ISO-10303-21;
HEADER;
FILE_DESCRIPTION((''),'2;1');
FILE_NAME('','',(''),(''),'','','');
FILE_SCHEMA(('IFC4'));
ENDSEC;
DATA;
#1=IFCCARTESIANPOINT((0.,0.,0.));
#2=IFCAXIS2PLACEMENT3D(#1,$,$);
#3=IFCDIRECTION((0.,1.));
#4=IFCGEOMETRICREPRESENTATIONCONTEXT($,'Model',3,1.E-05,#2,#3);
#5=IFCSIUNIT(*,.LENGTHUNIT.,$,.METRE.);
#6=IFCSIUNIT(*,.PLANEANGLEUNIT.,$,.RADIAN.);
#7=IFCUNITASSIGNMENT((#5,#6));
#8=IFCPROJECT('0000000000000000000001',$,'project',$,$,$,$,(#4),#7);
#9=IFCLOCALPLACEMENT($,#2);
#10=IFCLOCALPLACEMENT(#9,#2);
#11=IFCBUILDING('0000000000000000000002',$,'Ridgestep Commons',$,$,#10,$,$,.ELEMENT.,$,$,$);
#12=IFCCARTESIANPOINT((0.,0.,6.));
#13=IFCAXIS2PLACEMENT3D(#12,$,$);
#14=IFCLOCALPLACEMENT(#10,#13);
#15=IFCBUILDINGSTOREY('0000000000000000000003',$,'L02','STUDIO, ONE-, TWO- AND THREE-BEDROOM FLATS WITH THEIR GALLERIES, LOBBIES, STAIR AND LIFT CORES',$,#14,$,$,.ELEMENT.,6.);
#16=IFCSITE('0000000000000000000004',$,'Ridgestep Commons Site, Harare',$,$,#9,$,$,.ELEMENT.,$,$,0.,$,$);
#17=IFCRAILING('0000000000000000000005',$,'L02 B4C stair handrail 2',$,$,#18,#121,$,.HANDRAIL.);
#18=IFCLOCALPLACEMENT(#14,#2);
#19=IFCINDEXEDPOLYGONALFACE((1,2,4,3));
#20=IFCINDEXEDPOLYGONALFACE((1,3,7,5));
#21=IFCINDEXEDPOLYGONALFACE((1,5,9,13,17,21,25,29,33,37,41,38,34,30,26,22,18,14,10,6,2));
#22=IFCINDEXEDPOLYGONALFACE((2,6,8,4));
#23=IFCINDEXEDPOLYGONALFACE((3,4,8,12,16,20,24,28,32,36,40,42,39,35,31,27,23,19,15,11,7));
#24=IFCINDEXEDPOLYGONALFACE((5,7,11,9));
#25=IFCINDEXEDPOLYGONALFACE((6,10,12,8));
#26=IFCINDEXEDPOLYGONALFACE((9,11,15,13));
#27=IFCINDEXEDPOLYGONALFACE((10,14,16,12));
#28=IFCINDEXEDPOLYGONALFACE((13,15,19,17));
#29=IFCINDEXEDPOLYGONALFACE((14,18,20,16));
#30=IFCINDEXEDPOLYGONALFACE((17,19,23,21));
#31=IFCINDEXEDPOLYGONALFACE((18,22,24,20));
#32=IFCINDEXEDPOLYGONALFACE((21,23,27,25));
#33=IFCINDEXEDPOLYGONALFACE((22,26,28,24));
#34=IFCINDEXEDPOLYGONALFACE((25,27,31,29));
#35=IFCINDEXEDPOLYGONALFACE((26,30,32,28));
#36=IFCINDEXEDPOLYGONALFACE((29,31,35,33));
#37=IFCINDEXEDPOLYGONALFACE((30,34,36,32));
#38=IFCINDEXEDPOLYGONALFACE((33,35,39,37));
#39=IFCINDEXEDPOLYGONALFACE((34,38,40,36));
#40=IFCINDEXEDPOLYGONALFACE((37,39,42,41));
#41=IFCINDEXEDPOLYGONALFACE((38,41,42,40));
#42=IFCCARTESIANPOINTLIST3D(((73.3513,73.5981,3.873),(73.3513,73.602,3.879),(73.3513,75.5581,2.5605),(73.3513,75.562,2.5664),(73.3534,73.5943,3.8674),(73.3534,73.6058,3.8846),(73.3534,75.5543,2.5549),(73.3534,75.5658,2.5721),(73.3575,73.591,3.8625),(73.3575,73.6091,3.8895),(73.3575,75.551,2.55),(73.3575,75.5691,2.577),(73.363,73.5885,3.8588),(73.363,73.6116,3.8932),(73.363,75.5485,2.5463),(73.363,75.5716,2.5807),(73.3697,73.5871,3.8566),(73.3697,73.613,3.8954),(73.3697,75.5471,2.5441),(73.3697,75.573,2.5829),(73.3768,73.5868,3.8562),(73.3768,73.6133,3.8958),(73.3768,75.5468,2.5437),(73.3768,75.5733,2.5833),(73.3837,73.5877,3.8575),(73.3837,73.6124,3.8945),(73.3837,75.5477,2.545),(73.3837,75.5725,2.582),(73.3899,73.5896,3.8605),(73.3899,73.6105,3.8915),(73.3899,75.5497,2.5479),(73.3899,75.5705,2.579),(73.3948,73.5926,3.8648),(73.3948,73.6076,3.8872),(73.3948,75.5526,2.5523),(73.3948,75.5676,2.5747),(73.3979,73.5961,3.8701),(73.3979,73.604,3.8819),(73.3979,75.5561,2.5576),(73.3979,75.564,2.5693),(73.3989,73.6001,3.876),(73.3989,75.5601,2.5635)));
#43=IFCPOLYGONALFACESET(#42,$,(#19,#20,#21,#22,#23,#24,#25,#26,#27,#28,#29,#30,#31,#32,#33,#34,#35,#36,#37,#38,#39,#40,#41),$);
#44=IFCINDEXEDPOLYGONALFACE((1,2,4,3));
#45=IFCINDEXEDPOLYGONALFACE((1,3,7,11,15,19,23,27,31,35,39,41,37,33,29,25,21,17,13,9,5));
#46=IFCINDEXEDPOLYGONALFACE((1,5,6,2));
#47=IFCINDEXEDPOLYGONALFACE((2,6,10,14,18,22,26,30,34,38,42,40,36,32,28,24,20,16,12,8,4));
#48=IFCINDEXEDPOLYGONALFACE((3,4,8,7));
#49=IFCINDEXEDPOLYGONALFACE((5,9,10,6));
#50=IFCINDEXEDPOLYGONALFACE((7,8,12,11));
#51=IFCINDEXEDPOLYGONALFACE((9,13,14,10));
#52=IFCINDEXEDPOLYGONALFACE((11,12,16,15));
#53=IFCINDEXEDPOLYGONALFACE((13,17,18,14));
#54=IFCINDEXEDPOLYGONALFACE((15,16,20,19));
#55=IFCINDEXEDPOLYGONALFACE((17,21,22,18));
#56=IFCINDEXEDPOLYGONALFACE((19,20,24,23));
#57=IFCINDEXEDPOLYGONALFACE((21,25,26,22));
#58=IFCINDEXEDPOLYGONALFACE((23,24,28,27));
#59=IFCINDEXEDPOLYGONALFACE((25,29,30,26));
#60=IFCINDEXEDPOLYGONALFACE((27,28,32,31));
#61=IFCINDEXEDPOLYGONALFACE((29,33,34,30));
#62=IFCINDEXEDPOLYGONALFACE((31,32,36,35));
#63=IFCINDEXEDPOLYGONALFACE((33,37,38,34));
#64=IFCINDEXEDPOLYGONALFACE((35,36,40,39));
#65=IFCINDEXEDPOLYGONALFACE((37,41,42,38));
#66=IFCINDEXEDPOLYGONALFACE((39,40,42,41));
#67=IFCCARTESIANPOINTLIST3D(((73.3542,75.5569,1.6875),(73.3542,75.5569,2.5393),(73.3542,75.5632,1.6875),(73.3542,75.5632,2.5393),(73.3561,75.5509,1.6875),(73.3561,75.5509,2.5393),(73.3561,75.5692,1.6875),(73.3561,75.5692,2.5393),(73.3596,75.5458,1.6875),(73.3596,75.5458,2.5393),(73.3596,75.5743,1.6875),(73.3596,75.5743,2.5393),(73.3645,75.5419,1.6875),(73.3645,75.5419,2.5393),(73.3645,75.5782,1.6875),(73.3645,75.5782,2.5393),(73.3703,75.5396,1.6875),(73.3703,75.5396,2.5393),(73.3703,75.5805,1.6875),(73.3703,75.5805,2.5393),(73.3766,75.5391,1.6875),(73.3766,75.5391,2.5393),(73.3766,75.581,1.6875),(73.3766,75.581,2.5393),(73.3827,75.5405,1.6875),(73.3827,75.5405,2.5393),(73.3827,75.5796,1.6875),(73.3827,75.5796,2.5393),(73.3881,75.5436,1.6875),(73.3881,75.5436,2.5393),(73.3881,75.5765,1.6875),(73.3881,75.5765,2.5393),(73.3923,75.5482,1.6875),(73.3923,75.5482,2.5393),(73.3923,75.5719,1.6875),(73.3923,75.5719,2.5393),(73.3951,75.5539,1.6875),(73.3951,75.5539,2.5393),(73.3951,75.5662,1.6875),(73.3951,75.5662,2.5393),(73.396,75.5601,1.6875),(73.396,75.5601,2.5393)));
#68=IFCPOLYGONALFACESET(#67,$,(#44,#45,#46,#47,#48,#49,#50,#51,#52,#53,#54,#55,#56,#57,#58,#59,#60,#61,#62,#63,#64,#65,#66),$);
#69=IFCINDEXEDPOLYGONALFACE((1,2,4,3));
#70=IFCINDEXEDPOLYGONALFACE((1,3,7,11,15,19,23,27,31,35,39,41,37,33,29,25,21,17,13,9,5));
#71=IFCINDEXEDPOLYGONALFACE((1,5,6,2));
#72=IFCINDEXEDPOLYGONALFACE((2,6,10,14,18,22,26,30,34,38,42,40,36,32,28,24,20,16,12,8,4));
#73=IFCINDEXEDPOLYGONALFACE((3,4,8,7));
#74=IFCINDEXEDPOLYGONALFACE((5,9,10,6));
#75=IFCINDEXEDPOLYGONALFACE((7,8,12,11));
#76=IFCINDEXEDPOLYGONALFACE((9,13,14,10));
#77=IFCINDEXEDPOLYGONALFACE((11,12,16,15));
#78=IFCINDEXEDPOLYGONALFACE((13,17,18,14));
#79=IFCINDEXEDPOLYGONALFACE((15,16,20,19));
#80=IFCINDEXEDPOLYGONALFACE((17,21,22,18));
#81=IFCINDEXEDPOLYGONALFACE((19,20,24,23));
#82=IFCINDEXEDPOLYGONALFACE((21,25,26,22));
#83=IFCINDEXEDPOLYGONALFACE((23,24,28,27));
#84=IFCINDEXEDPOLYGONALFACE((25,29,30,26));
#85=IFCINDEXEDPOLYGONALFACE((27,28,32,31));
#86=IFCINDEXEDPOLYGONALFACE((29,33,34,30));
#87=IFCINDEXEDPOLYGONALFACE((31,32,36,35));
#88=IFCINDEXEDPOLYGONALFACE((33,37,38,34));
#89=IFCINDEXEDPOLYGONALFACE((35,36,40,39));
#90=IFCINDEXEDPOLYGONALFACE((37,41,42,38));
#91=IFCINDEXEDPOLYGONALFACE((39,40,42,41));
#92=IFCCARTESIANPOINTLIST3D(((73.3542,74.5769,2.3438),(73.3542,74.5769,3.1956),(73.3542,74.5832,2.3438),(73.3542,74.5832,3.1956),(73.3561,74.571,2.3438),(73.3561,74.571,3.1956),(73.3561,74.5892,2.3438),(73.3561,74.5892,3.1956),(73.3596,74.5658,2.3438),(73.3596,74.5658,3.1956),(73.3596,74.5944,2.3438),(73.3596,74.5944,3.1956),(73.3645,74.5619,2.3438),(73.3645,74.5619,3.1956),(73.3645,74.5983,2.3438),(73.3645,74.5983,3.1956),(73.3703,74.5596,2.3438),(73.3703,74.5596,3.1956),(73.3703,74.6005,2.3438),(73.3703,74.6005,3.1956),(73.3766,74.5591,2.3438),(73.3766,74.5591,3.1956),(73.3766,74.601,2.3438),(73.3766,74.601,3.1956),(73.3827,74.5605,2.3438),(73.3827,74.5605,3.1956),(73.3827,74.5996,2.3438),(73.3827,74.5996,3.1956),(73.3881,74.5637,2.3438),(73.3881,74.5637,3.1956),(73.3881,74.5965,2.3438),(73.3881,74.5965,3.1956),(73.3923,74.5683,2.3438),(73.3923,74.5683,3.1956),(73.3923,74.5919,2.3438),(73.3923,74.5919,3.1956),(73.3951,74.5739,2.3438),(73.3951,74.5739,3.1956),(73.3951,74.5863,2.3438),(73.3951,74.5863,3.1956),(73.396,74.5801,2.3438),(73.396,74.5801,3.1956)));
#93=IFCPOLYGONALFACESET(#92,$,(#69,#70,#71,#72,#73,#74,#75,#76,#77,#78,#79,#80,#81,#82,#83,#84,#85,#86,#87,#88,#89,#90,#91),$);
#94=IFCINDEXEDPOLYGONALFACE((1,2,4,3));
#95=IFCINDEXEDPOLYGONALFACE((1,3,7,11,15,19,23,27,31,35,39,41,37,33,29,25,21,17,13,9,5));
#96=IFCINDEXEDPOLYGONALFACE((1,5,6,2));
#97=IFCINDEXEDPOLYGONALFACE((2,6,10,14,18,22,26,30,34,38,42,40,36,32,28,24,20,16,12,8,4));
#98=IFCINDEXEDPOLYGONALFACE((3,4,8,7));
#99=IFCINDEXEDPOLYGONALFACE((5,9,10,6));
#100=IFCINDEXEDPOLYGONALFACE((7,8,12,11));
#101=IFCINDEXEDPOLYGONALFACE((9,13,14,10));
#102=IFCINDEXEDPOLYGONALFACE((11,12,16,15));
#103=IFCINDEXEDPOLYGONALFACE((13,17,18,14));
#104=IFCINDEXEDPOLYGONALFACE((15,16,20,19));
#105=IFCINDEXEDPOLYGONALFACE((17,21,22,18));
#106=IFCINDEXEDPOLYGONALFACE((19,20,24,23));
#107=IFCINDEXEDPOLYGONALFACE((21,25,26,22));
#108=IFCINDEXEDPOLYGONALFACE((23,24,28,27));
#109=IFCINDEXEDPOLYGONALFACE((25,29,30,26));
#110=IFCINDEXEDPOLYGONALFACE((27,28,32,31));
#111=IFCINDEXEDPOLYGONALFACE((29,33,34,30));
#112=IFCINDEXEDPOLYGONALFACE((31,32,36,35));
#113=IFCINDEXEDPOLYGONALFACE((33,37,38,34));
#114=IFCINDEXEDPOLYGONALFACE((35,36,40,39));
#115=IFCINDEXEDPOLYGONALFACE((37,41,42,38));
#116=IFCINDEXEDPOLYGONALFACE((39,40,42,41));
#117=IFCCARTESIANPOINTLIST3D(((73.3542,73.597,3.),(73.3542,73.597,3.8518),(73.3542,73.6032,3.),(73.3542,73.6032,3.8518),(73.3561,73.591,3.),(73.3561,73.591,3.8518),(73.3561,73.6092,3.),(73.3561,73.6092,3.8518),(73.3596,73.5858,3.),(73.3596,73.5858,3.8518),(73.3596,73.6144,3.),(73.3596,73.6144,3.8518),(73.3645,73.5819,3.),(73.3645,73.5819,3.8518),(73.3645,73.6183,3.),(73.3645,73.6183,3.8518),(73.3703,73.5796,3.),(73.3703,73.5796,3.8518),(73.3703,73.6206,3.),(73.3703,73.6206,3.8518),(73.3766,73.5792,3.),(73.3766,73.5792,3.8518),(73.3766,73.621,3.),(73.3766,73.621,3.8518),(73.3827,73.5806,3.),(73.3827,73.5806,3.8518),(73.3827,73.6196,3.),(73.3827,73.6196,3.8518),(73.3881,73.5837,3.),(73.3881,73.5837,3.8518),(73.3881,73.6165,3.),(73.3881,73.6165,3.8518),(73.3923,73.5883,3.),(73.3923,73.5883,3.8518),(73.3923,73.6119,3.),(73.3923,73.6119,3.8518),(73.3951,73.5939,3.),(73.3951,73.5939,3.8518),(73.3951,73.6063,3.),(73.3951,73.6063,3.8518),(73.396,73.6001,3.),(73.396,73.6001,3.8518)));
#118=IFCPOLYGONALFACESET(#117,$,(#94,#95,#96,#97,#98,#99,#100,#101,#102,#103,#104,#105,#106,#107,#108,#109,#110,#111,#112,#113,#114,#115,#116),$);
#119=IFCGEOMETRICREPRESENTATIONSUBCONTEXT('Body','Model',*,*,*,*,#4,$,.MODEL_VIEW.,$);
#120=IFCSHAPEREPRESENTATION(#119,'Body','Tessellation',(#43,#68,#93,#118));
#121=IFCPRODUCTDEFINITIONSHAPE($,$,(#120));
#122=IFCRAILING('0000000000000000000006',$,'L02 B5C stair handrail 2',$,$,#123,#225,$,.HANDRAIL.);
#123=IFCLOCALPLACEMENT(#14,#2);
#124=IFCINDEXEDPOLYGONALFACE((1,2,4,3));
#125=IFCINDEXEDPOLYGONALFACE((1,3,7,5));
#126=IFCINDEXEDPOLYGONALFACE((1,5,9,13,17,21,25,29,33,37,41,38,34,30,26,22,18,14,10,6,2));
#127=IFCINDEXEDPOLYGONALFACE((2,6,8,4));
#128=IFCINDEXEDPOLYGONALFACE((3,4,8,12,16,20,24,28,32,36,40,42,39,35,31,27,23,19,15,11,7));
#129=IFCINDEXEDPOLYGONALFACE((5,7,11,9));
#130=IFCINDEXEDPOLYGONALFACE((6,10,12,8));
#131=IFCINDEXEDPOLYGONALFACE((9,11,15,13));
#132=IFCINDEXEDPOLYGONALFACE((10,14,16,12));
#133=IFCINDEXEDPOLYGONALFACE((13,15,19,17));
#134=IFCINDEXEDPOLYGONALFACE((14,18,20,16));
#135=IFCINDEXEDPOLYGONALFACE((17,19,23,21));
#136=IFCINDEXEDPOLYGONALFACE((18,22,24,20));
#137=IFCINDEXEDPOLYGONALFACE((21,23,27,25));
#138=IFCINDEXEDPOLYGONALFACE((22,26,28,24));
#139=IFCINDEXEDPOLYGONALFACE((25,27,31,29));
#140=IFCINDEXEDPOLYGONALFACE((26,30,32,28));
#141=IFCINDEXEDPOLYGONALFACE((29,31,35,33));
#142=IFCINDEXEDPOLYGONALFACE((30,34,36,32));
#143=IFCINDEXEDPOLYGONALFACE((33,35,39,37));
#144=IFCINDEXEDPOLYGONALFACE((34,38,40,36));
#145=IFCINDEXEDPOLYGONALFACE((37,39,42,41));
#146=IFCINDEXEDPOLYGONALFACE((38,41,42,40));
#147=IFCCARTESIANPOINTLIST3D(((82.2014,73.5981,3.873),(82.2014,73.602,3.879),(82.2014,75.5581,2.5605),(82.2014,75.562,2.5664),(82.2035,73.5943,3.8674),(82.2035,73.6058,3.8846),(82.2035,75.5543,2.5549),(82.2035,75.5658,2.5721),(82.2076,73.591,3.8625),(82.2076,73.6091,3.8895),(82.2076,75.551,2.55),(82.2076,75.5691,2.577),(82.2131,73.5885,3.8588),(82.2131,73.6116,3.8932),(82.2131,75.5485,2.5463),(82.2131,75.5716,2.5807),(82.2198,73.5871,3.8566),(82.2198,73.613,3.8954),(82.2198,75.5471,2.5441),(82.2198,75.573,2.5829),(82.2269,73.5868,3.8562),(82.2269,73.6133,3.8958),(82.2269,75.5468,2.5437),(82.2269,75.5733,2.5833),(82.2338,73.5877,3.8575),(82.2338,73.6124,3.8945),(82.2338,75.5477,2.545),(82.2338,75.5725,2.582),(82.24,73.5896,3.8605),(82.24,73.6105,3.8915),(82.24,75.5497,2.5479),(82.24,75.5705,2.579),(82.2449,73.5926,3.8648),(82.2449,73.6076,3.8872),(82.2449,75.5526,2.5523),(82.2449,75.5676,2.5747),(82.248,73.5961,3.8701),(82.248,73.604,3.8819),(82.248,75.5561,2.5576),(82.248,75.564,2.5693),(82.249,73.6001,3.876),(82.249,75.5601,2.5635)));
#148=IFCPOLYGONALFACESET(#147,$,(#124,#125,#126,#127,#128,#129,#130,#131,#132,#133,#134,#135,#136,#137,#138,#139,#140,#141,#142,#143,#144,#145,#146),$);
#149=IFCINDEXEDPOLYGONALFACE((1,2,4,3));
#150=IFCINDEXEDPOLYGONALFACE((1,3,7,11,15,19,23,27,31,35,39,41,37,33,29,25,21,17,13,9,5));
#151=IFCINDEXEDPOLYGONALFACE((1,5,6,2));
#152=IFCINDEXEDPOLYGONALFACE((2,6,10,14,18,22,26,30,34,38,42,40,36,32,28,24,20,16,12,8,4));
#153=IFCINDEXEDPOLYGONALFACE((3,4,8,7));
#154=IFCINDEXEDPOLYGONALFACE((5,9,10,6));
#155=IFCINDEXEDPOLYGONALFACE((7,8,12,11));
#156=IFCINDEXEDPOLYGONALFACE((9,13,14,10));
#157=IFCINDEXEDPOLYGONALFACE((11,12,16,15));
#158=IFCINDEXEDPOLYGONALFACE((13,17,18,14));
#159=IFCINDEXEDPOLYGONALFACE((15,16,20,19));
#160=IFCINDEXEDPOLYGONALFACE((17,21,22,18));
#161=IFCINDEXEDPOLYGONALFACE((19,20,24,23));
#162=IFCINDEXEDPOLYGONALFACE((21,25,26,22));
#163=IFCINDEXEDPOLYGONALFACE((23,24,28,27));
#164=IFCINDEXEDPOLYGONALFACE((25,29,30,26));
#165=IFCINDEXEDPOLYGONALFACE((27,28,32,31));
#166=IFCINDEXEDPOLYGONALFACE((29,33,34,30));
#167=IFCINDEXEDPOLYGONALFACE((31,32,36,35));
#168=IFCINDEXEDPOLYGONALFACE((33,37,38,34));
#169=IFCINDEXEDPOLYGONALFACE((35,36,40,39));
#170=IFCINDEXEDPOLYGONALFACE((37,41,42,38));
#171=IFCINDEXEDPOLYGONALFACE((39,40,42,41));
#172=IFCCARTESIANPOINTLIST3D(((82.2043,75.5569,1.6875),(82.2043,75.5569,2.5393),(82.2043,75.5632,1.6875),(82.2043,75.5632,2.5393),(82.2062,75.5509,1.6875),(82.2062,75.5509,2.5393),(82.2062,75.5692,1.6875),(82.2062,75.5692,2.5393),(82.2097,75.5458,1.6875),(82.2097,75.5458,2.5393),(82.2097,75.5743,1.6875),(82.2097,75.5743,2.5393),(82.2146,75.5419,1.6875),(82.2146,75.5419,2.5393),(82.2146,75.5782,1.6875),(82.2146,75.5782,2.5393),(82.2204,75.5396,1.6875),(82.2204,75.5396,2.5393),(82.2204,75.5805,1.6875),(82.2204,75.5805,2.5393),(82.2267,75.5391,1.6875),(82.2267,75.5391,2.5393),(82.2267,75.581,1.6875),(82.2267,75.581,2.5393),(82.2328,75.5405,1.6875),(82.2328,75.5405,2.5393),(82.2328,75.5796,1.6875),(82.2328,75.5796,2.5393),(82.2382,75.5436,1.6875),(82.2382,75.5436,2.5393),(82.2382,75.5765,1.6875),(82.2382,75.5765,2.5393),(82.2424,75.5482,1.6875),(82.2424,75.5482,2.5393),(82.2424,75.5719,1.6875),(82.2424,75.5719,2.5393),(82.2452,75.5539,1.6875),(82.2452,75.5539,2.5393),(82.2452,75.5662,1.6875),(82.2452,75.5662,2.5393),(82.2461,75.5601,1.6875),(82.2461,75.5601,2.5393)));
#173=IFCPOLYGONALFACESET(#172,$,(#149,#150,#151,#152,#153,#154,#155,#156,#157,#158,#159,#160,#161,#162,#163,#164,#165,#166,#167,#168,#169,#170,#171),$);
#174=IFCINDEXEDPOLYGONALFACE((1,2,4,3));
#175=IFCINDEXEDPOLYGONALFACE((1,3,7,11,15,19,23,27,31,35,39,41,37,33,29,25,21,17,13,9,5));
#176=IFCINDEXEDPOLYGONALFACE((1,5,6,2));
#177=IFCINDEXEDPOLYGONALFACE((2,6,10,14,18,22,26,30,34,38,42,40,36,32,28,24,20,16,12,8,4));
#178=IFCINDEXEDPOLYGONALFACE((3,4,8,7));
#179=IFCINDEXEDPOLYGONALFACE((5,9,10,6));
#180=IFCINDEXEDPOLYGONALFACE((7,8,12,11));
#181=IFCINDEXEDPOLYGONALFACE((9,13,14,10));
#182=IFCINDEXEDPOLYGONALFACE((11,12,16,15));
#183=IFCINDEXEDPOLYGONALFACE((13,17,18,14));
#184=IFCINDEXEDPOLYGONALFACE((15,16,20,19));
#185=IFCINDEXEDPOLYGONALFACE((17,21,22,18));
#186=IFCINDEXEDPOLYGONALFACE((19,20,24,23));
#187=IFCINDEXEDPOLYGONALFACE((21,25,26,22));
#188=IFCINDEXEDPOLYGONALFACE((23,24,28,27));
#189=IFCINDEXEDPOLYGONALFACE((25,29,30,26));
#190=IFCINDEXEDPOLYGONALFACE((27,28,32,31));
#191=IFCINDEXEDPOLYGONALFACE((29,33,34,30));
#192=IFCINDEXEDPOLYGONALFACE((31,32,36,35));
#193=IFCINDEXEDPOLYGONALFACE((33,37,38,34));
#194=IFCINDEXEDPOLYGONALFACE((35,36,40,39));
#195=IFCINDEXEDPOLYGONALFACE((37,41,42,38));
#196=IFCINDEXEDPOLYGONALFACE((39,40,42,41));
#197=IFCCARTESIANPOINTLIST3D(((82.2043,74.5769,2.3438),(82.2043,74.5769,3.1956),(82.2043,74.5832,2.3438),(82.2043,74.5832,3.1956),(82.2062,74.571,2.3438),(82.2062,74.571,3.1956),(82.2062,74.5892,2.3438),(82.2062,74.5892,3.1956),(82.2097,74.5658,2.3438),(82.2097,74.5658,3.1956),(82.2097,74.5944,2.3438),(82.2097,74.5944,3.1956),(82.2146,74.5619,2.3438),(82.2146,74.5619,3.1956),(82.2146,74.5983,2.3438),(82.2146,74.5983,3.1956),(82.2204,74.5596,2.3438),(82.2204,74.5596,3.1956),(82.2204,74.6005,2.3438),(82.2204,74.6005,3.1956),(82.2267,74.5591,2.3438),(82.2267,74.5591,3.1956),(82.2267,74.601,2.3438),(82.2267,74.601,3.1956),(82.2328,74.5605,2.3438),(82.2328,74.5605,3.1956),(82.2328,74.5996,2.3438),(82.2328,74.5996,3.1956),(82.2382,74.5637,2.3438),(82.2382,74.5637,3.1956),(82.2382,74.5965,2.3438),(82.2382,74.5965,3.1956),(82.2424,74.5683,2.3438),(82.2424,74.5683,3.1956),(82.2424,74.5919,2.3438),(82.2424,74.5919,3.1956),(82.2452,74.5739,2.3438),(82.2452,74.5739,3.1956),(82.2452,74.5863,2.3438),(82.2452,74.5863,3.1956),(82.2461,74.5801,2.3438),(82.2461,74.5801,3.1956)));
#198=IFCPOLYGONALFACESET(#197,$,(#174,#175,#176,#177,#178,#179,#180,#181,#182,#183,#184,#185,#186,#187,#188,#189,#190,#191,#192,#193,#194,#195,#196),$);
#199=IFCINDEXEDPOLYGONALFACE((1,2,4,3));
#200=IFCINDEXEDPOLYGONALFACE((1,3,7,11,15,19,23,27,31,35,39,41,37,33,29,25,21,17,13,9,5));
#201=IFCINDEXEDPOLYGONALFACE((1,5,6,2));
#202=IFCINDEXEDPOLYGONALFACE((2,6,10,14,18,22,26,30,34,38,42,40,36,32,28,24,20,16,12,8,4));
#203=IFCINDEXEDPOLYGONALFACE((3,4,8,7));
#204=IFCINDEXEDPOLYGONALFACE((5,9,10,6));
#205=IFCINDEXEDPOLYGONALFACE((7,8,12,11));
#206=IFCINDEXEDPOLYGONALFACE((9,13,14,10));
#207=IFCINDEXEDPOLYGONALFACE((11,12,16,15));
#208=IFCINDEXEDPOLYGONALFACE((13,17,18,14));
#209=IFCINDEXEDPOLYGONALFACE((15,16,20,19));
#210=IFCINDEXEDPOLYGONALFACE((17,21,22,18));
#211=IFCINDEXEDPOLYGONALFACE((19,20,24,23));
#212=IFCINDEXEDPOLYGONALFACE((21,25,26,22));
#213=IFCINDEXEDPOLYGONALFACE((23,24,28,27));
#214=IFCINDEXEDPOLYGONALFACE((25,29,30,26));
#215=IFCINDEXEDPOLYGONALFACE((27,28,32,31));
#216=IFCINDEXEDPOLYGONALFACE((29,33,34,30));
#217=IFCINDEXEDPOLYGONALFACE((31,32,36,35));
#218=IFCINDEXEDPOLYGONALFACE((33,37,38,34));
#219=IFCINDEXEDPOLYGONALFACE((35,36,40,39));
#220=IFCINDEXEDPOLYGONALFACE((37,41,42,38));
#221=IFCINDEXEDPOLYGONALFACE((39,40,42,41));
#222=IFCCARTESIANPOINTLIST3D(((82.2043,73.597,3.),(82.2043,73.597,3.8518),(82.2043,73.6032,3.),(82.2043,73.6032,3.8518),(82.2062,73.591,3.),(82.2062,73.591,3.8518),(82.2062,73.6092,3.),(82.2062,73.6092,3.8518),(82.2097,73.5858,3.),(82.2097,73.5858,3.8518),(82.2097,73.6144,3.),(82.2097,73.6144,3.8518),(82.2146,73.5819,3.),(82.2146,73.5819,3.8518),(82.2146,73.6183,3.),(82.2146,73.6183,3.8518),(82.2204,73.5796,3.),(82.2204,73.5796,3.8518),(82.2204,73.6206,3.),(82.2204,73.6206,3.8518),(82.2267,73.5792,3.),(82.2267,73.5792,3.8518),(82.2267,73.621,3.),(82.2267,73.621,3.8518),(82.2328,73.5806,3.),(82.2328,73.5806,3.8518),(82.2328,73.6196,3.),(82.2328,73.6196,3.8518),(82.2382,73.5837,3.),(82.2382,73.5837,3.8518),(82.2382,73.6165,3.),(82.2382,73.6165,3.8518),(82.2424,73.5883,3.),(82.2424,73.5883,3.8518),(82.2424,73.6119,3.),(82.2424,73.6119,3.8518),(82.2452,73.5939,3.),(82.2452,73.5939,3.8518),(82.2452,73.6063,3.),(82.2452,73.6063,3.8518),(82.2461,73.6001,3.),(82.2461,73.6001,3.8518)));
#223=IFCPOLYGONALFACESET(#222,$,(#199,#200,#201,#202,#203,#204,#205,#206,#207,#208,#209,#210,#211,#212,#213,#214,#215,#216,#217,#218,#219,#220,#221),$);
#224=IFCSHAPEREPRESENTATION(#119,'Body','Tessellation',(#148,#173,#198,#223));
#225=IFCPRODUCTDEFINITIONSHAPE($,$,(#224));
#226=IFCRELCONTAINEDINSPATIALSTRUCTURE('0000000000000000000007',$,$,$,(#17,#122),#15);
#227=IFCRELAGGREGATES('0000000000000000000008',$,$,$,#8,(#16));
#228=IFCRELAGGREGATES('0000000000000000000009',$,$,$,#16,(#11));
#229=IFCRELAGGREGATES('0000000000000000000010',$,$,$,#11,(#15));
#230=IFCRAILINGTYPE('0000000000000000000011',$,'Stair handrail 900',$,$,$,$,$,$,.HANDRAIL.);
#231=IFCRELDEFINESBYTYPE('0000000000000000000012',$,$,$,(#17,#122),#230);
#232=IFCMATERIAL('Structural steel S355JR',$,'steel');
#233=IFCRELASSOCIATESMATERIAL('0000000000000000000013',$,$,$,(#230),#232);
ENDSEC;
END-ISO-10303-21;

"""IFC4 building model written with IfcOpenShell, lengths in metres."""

from ifc_helpers import new_model, si_unit, direction, frame, origin, origin_2d, place, context, subcontext, project, spatial, circle, extrude, material, type_object, element, save


model = new_model("IFC4")

# Units and contexts
model_context = context("Model", 3, precision=1e-05, world=origin(), true_north=direction((0.0, 1.0)))
body_context = subcontext(model_context, "Body", "Model", "MODEL_VIEW")
ifc_project = project(units=[si_unit("LENGTHUNIT", "METRE"), si_unit("PLANEANGLEUNIT", "RADIAN")], contexts=[model_context])

# Site, building, storey
site_placement = place(None, origin())
site = spatial("IfcSite", under=ifc_project, at=site_placement, Name="Ridgestep Commons Site, Harare", CompositionType="ELEMENT", RefElevation=0.0)
building_placement = place(site_placement, origin())
building = spatial("IfcBuilding", under=site, at=building_placement, Name="Ridgestep Commons", CompositionType="ELEMENT")
storey_placement = place(building_placement, frame((0.0, 0.0, 6.0)))
storey = spatial("IfcBuildingStorey", under=building, at=storey_placement, Name="L02", Description="STUDIO, ONE-, TWO- AND THREE-BEDROOM FLATS WITH THEIR GALLERIES, LOBBIES, STAIR AND LIFT CORES", CompositionType="ELEMENT", Elevation=6.0)

# Railings
ifc_material_1 = material(Name="Structural steel S355JR", Category="steel")
railing_type_1 = type_object("IfcRailingType", Name="Stair handrail 900", PredefinedType="HANDRAIL", material=ifc_material_1)
for number, where, name in (
    (1, (73.375, 75.5601, 1.6875), "L02 B4C stair handrail 2"),
    (2, (82.2251, 75.5601, 1.6875), "L02 B5C stair handrail 2"),
):
    element("IfcRailing", number, at=place(storey_placement, frame(where)), inside=storey, type_object=railing_type_1, Name=name, PredefinedType="HANDRAIL", context=body_context, shape_type="SweptSolid", body=[
        extrude(circle(Radius=0.0239, at=origin_2d()), frame((0.0, 0.0, 0.876), z_axis=(0.0, -0.830902, 0.556419), x_axis=(1.0, 0.0, 0.0)), (0.0, 0.0, 1.0), 2.3589),
        extrude(circle(Radius=0.021, at=origin_2d()), origin(), (0.0, 0.0, 1.0), 0.8518),
        extrude(circle(Radius=0.021, at=origin_2d()), frame((0.0, -0.98, 0.6562)), (0.0, 0.0, 1.0), 0.8518),
        extrude(circle(Radius=0.021, at=origin_2d()), frame((0.0, -1.96, 1.3125)), (0.0, 0.0, 1.0), 0.8518),
    ])

save(model, "model.ifc")
